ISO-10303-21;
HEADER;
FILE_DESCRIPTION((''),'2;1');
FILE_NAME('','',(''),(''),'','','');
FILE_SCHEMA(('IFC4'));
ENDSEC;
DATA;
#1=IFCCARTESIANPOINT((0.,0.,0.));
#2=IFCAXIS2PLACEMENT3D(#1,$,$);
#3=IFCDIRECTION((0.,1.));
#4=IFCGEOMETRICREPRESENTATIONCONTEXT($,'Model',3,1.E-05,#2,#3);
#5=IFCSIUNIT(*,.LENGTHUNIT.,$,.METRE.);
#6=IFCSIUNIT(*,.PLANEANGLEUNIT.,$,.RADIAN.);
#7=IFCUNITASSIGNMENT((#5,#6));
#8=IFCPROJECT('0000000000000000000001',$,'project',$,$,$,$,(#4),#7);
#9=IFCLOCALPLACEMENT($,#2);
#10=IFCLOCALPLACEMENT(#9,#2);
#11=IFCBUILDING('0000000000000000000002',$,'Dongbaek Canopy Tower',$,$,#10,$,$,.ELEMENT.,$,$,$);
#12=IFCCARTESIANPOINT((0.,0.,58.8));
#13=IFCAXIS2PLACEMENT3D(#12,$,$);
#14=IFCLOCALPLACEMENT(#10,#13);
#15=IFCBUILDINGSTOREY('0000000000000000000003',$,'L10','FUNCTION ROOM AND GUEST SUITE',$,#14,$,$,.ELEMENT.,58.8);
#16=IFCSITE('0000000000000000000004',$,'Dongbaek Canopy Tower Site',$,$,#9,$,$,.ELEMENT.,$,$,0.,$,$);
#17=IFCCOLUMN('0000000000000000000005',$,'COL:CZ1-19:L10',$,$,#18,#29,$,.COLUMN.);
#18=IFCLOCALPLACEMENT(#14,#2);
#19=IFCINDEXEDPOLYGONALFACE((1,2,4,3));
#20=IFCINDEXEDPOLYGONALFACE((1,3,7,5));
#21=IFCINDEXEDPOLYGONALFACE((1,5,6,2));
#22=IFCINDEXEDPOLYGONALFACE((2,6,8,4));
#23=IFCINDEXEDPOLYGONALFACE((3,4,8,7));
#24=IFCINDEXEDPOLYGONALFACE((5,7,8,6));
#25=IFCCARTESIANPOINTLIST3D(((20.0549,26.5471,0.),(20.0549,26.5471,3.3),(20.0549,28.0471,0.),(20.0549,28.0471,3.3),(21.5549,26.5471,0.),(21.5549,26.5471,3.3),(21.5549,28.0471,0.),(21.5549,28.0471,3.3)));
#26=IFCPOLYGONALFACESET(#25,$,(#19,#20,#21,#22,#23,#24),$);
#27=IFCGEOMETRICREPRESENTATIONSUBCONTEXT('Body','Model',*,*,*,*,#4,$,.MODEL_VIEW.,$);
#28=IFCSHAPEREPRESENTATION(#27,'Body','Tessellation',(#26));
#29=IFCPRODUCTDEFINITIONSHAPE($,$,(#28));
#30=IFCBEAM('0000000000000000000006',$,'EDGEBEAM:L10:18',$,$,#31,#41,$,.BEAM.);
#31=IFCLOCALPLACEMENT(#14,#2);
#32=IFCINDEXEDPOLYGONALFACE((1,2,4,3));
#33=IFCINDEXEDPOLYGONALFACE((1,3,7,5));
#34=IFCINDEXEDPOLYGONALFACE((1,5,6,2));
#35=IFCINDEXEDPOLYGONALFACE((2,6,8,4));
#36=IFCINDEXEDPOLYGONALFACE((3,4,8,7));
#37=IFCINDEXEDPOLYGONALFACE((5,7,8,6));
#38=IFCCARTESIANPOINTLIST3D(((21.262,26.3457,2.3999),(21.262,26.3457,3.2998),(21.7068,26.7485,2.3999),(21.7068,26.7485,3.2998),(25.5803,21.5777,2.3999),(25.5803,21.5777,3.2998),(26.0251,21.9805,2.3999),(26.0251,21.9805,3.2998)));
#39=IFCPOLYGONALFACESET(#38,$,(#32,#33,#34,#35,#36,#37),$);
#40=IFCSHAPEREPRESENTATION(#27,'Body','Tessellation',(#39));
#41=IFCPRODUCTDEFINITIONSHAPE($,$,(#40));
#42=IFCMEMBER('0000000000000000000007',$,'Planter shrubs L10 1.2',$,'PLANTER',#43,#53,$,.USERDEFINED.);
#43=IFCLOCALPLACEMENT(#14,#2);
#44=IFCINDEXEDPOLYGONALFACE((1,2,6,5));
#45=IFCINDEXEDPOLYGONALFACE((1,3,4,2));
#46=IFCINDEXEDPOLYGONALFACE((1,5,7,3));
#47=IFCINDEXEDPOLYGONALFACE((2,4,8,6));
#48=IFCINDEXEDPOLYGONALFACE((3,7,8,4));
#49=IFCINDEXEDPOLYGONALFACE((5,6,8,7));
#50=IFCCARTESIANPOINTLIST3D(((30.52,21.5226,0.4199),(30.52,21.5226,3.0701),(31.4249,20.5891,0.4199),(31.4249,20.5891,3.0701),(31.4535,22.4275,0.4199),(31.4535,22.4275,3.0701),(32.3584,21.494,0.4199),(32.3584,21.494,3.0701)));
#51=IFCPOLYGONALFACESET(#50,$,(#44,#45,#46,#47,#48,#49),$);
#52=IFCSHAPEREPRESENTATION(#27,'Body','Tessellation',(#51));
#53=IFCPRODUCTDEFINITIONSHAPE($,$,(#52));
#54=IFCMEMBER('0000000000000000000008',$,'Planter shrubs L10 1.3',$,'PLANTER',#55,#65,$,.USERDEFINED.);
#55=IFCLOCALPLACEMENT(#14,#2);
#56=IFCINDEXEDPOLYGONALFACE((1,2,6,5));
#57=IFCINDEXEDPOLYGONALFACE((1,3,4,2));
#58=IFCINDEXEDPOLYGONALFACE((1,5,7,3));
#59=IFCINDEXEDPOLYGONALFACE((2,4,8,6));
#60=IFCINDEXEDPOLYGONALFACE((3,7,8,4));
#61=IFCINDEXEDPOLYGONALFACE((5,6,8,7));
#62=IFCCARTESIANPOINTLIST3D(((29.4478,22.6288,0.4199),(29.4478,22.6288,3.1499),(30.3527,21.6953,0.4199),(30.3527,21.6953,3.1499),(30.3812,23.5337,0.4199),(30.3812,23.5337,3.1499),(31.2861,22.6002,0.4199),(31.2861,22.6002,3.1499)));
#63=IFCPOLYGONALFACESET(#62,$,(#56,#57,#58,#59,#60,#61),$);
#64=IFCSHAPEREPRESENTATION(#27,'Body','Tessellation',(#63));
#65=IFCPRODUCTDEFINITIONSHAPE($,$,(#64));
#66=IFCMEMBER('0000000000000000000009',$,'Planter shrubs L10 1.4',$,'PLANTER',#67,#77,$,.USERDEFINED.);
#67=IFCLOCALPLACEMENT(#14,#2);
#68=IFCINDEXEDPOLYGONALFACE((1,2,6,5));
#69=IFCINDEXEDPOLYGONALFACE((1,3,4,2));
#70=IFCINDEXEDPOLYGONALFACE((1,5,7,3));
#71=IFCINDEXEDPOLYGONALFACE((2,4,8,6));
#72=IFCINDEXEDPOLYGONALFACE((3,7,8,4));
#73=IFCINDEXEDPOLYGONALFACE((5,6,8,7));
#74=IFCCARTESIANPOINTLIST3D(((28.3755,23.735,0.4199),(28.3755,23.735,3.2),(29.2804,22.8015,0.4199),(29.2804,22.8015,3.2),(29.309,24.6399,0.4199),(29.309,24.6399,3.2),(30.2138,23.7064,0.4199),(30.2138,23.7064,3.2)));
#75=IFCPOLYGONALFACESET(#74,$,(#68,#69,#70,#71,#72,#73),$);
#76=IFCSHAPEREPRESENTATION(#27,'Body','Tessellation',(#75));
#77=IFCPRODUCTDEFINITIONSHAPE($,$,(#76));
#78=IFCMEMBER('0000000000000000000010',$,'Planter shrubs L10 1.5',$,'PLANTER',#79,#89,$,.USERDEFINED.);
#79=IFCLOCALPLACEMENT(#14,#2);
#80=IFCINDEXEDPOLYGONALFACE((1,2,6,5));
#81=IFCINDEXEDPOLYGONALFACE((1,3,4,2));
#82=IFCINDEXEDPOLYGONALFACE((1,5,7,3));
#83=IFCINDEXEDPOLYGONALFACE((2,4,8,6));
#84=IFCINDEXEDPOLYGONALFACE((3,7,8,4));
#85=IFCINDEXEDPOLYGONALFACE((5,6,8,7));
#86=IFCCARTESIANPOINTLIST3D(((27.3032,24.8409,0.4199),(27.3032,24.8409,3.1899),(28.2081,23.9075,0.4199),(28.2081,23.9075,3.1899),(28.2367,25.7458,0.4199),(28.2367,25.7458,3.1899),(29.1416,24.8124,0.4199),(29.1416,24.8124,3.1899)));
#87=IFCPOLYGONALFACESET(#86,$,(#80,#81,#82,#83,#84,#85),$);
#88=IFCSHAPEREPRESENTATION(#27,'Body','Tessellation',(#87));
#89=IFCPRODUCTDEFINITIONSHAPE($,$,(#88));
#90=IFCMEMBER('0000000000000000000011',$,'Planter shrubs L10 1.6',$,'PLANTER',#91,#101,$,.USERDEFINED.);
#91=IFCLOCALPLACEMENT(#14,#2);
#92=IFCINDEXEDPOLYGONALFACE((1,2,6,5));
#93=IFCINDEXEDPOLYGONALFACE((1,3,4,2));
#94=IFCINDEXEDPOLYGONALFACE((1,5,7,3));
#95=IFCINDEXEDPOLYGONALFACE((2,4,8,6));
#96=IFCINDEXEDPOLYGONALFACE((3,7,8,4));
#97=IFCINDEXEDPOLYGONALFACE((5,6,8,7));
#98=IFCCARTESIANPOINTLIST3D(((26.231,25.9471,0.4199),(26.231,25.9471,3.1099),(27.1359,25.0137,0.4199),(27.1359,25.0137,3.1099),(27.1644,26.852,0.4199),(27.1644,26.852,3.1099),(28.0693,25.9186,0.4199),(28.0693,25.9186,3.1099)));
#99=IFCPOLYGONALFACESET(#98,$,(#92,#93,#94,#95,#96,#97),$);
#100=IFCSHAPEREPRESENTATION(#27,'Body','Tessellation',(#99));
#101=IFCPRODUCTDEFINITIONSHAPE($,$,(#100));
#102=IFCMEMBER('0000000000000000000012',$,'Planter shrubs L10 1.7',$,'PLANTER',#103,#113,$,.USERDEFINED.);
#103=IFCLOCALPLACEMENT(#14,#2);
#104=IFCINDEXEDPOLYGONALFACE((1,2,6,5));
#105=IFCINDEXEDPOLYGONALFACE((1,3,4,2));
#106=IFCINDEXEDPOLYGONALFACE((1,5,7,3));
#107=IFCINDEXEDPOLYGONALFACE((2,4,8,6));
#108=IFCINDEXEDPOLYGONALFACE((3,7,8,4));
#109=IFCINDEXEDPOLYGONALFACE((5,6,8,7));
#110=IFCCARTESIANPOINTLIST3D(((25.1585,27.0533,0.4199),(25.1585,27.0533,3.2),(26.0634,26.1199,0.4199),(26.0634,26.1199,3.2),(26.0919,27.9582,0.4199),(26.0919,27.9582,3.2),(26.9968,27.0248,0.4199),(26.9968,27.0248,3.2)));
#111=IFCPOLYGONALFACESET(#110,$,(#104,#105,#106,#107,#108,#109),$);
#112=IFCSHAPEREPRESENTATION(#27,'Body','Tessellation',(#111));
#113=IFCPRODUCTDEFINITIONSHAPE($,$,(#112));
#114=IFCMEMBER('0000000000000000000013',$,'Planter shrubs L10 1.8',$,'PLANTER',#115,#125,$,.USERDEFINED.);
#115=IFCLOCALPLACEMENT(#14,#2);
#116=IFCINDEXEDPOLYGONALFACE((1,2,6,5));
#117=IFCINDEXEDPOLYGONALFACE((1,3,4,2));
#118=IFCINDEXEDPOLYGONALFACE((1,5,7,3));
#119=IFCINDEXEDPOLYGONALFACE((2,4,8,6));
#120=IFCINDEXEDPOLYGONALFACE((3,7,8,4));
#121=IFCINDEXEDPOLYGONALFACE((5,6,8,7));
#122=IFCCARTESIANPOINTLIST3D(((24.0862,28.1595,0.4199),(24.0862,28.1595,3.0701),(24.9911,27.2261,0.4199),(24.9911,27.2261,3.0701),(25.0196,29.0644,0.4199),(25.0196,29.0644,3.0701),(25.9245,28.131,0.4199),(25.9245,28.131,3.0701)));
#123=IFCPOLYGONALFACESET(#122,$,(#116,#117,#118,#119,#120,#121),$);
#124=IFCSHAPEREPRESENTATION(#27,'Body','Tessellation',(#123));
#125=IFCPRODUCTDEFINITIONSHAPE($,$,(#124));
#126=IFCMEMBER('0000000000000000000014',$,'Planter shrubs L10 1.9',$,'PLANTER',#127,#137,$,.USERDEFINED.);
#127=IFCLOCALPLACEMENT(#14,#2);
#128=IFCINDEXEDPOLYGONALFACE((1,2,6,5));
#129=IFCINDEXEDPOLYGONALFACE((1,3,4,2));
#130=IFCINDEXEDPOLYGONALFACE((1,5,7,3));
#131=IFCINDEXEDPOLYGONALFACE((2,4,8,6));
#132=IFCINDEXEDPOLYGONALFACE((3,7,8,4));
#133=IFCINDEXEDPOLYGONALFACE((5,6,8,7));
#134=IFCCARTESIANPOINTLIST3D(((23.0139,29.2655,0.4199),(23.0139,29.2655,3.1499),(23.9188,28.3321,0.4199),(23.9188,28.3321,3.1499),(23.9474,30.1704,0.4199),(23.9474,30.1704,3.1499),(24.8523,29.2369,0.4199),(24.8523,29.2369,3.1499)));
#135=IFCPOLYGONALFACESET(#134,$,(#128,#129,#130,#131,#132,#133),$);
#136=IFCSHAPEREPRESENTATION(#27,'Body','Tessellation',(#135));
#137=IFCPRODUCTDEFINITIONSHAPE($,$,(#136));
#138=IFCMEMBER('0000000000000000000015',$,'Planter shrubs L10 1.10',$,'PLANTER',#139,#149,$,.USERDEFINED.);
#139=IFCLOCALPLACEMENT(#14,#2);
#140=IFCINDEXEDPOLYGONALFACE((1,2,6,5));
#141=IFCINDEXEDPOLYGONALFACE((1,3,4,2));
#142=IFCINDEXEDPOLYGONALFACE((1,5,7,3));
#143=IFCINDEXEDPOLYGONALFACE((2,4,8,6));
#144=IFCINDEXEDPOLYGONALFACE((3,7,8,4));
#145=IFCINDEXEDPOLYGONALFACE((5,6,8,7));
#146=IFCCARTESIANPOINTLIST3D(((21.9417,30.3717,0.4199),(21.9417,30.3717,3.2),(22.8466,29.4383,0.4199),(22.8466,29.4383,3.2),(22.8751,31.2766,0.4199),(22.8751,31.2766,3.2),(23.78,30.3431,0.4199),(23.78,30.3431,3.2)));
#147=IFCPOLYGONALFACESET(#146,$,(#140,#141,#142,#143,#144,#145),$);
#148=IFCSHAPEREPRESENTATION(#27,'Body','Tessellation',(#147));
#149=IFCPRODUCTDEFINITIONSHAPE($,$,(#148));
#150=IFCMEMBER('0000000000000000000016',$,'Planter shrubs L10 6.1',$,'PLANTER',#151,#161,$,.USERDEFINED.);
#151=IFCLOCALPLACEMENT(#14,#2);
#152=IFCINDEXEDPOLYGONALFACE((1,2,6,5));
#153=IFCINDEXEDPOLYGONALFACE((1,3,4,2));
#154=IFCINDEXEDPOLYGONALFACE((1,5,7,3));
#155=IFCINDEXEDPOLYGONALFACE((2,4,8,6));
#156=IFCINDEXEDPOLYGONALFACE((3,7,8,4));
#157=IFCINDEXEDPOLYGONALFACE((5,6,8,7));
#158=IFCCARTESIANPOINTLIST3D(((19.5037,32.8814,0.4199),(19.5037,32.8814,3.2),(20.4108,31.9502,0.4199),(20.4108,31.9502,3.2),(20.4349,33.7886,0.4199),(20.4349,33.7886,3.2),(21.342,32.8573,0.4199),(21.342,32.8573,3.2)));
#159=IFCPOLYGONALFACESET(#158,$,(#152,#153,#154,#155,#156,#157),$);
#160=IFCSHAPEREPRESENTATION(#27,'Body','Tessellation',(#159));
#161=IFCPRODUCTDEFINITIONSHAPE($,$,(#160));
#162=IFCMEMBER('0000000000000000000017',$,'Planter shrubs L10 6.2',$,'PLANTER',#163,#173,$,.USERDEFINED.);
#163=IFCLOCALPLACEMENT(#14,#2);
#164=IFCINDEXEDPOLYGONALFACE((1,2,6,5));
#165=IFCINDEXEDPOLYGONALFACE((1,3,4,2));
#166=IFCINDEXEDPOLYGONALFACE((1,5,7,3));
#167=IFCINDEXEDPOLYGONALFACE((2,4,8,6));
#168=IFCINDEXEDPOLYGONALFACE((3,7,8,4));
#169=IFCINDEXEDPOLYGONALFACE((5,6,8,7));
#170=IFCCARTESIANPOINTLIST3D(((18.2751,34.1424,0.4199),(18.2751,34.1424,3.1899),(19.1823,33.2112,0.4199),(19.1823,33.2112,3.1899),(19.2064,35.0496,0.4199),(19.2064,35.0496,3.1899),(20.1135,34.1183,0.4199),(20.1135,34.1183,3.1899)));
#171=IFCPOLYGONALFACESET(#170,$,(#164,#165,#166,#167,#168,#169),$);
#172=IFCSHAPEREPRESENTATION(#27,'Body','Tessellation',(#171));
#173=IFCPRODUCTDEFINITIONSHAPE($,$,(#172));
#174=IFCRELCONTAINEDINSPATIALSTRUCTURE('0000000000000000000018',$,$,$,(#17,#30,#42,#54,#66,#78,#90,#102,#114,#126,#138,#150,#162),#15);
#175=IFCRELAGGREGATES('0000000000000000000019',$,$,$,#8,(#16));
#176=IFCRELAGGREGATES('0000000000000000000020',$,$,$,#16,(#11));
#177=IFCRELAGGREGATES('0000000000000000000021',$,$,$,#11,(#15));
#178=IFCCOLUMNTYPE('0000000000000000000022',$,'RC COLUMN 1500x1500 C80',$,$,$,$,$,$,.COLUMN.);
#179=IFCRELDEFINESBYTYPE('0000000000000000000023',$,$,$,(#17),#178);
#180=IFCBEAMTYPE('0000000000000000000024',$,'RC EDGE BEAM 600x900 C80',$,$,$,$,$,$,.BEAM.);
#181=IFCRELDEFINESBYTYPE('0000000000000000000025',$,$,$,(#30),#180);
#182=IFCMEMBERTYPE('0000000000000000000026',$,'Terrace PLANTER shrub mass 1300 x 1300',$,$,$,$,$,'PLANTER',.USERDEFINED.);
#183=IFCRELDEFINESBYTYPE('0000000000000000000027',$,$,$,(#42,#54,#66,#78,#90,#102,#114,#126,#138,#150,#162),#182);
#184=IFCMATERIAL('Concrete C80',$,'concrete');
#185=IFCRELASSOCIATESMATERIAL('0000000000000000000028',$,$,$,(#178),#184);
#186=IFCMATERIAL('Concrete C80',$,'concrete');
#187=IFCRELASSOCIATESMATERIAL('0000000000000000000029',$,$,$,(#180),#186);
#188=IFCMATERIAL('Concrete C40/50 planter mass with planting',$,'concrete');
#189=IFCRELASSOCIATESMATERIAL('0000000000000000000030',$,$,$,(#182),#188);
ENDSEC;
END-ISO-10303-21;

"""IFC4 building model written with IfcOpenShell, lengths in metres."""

from ifc_helpers import new_model, si_unit, direction, frame, origin, origin_2d, place, context, subcontext, project, spatial, rectangle, extrude, material, material_profile, profile_set, type_object, element, save


model = new_model("IFC4")

# Units and contexts
model_context = context("Model", 3, precision=1e-05, world=origin(), true_north=direction((0.0, 1.0)))
body_context = subcontext(model_context, "Body", "Model", "MODEL_VIEW")
ifc_project = project(units=[si_unit("LENGTHUNIT", "METRE"), si_unit("PLANEANGLEUNIT", "RADIAN")], contexts=[model_context])

# Site, building, storey
site_placement = place(None, origin())
site = spatial("IfcSite", under=ifc_project, at=site_placement, Name="Dongbaek Canopy Tower Site", CompositionType="ELEMENT", RefElevation=0.0)
building_placement = place(site_placement, origin())
building = spatial("IfcBuilding", under=site, at=building_placement, Name="Dongbaek Canopy Tower", CompositionType="ELEMENT")
storey_placement = place(building_placement, frame((0.0, 0.0, 58.8)))
storey = spatial("IfcBuildingStorey", under=building, at=storey_placement, Name="L10", Description="FUNCTION ROOM AND GUEST SUITE", CompositionType="ELEMENT", Elevation=58.8)

# Column
ifc_material_1 = material(Name="Concrete C80", Category="concrete")
ifc_material_profile_1 = material_profile(ifc_material_1, rectangle(XDim=1.5, YDim=1.5, at=origin_2d()), Name="RC COLUMN 1500x1500 C80")
ifc_profile_set_1 = profile_set([ifc_material_profile_1], Name="Concrete C80")
column_type = type_object("IfcColumnType", Name="RC COLUMN 1500x1500 C80", PredefinedType="COLUMN", material=ifc_profile_set_1)
column_placement = place(storey_placement, frame((20.8049, 27.2971, 0.0), z_axis=(0.0, 0.0, 1.0), x_axis=(1.0, 0.0, 0.0)))
element("IfcColumn", 1, at=column_placement, inside=storey, type_object=column_type, Name="COL:CZ1-19:L10", PredefinedType="COLUMN", context=body_context, shape_type="SweptSolid", body=[
    extrude(rectangle(XDim=1.5, YDim=1.5, at=origin_2d()), origin(), (0.0, 0.0, 1.0), 3.3),
])

# Beam
ifc_material_2 = material(Name="Concrete C80", Category="concrete")
ifc_material_profile_2 = material_profile(ifc_material_2, rectangle(XDim=0.6001, YDim=0.8999, at=origin_2d()), Name="RC EDGE BEAM 600x900 C80")
ifc_profile_set_2 = profile_set([ifc_material_profile_2], Name="Concrete C80")
beam_type = type_object("IfcBeamType", Name="RC EDGE BEAM 600x900 C80", PredefinedType="BEAM", material=ifc_profile_set_2)
beam_placement = place(storey_placement, frame((21.4844, 26.5471, 2.8499), z_axis=(0.671289, -0.741196, 0.0), x_axis=(0.741196, 0.671289, 0.0)))
element("IfcBeam", 2, at=beam_placement, inside=storey, type_object=beam_type, Name="EDGEBEAM:L10:18", PredefinedType="BEAM", context=body_context, shape_type="SweptSolid", body=[
    extrude(rectangle(XDim=0.6001, YDim=0.8999, at=origin_2d()), origin(), (0.0, 0.0, 1.0), 6.4329),
])

# Members
ifc_material_3 = material(Name="Concrete C40/50 planter mass with planting", Category="concrete")
ifc_material_profile_3 = material_profile(ifc_material_3, rectangle(XDim=1.3, YDim=1.3, at=origin_2d()), Name="Terrace PLANTER shrub mass 1300 x 1300")
ifc_profile_set_3 = profile_set([ifc_material_profile_3], Name="Concrete C40/50 planter mass with planting")
member_type = type_object("IfcMemberType", Name="Terrace PLANTER shrub mass 1300 x 1300", ElementType="PLANTER", PredefinedType="USERDEFINED", material=ifc_profile_set_3)
member_1_placement = place(storey_placement, frame((31.4392, 21.5083, 0.4199), z_axis=(0.0, 0.0, 1.0), x_axis=(0.718004, 0.696039, 0.0)))
element("IfcMember", 3, at=member_1_placement, inside=storey, type_object=member_type, Name="Planter shrubs L10 1.2", ObjectType="PLANTER", PredefinedType="USERDEFINED", context=body_context, shape_type="SweptSolid", body=[
    extrude(rectangle(XDim=1.3, YDim=1.3, at=origin_2d()), origin(), (0.0, 0.0, 1.0), 2.6501),
])
member_2_placement = place(storey_placement, frame((30.3669, 22.6145, 0.4199), z_axis=(0.0, 0.0, 1.0), x_axis=(0.718004, 0.696039, 0.0)))
element("IfcMember", 4, at=member_2_placement, inside=storey, type_object=member_type, Name="Planter shrubs L10 1.3", ObjectType="PLANTER", PredefinedType="USERDEFINED", context=body_context, shape_type="SweptSolid", body=[
    extrude(rectangle(XDim=1.3, YDim=1.3, at=origin_2d()), origin(), (0.0, 0.0, 1.0), 2.73),
])
member_3_placement = place(storey_placement, frame((29.2947, 23.7207, 0.4199), z_axis=(0.0, 0.0, 1.0), x_axis=(0.718004, 0.696039, 0.0)))
element("IfcMember", 5, at=member_3_placement, inside=storey, type_object=member_type, Name="Planter shrubs L10 1.4", ObjectType="PLANTER", PredefinedType="USERDEFINED", context=body_context, shape_type="SweptSolid", body=[
    extrude(rectangle(XDim=1.3, YDim=1.3, at=origin_2d()), origin(), (0.0, 0.0, 1.0), 2.78),
])
member_4_placement = place(storey_placement, frame((28.2224, 24.8267, 0.4199), z_axis=(0.0, 0.0, 1.0), x_axis=(0.718004, 0.696039, 0.0)))
element("IfcMember", 6, at=member_4_placement, inside=storey, type_object=member_type, Name="Planter shrubs L10 1.5", ObjectType="PLANTER", PredefinedType="USERDEFINED", context=body_context, shape_type="SweptSolid", body=[
    extrude(rectangle(XDim=1.3, YDim=1.3, at=origin_2d()), origin(), (0.0, 0.0, 1.0), 2.77),
])
member_5_placement = place(storey_placement, frame((27.1501, 25.9329, 0.4199), z_axis=(0.0, 0.0, 1.0), x_axis=(0.718004, 0.696039, 0.0)))
element("IfcMember", 7, at=member_5_placement, inside=storey, type_object=member_type, Name="Planter shrubs L10 1.6", ObjectType="PLANTER", PredefinedType="USERDEFINED", context=body_context, shape_type="SweptSolid", body=[
    extrude(rectangle(XDim=1.3, YDim=1.3, at=origin_2d()), origin(), (0.0, 0.0, 1.0), 2.6899),
])
member_6_placement = place(storey_placement, frame((26.0776, 27.0391, 0.4199), z_axis=(0.0, 0.0, 1.0), x_axis=(0.718004, 0.696039, 0.0)))
element("IfcMember", 8, at=member_6_placement, inside=storey, type_object=member_type, Name="Planter shrubs L10 1.7", ObjectType="PLANTER", PredefinedType="USERDEFINED", context=body_context, shape_type="SweptSolid", body=[
    extrude(rectangle(XDim=1.3, YDim=1.3, at=origin_2d()), origin(), (0.0, 0.0, 1.0), 2.78),
])
member_7_placement = place(storey_placement, frame((25.0054, 28.1453, 0.4199), z_axis=(0.0, 0.0, 1.0), x_axis=(0.718004, 0.696039, 0.0)))
element("IfcMember", 9, at=member_7_placement, inside=storey, type_object=member_type, Name="Planter shrubs L10 1.8", ObjectType="PLANTER", PredefinedType="USERDEFINED", context=body_context, shape_type="SweptSolid", body=[
    extrude(rectangle(XDim=1.3, YDim=1.3, at=origin_2d()), origin(), (0.0, 0.0, 1.0), 2.6501),
])
member_8_placement = place(storey_placement, frame((23.9331, 29.2512, 0.4199), z_axis=(0.0, 0.0, 1.0), x_axis=(0.718004, 0.696039, 0.0)))
element("IfcMember", 10, at=member_8_placement, inside=storey, type_object=member_type, Name="Planter shrubs L10 1.9", ObjectType="PLANTER", PredefinedType="USERDEFINED", context=body_context, shape_type="SweptSolid", body=[
    extrude(rectangle(XDim=1.3, YDim=1.3, at=origin_2d()), origin(), (0.0, 0.0, 1.0), 2.73),
])
for number, where, z_axis, x_axis, name in (
    (11, (22.8608, 30.3574, 0.4199), (0.0, 0.0, 1.0), (0.718004, 0.696039, 0.0), "Planter shrubs L10 1.10"),
    (12, (20.4229, 32.8694, 0.4199), (0.0, 0.0, 1.0), (0.716318, 0.697774, 0.0), "Planter shrubs L10 6.1"),
):
    element("IfcMember", number, at=place(storey_placement, frame(where, z_axis=z_axis, x_axis=x_axis)), inside=storey, type_object=member_type, Name=name, ObjectType="PLANTER", PredefinedType="USERDEFINED", context=body_context, shape_type="SweptSolid", body=[
        extrude(rectangle(XDim=1.3, YDim=1.3, at=origin_2d()), origin(), (0.0, 0.0, 1.0), 2.78),
    ])
member_9_placement = place(storey_placement, frame((19.1943, 34.1304, 0.4199), z_axis=(0.0, 0.0, 1.0), x_axis=(0.716318, 0.697774, 0.0)))
element("IfcMember", 13, at=member_9_placement, inside=storey, type_object=member_type, Name="Planter shrubs L10 6.2", ObjectType="PLANTER", PredefinedType="USERDEFINED", context=body_context, shape_type="SweptSolid", body=[
    extrude(rectangle(XDim=1.3, YDim=1.3, at=origin_2d()), origin(), (0.0, 0.0, 1.0), 2.77),
])

save(model, "model.ifc")
